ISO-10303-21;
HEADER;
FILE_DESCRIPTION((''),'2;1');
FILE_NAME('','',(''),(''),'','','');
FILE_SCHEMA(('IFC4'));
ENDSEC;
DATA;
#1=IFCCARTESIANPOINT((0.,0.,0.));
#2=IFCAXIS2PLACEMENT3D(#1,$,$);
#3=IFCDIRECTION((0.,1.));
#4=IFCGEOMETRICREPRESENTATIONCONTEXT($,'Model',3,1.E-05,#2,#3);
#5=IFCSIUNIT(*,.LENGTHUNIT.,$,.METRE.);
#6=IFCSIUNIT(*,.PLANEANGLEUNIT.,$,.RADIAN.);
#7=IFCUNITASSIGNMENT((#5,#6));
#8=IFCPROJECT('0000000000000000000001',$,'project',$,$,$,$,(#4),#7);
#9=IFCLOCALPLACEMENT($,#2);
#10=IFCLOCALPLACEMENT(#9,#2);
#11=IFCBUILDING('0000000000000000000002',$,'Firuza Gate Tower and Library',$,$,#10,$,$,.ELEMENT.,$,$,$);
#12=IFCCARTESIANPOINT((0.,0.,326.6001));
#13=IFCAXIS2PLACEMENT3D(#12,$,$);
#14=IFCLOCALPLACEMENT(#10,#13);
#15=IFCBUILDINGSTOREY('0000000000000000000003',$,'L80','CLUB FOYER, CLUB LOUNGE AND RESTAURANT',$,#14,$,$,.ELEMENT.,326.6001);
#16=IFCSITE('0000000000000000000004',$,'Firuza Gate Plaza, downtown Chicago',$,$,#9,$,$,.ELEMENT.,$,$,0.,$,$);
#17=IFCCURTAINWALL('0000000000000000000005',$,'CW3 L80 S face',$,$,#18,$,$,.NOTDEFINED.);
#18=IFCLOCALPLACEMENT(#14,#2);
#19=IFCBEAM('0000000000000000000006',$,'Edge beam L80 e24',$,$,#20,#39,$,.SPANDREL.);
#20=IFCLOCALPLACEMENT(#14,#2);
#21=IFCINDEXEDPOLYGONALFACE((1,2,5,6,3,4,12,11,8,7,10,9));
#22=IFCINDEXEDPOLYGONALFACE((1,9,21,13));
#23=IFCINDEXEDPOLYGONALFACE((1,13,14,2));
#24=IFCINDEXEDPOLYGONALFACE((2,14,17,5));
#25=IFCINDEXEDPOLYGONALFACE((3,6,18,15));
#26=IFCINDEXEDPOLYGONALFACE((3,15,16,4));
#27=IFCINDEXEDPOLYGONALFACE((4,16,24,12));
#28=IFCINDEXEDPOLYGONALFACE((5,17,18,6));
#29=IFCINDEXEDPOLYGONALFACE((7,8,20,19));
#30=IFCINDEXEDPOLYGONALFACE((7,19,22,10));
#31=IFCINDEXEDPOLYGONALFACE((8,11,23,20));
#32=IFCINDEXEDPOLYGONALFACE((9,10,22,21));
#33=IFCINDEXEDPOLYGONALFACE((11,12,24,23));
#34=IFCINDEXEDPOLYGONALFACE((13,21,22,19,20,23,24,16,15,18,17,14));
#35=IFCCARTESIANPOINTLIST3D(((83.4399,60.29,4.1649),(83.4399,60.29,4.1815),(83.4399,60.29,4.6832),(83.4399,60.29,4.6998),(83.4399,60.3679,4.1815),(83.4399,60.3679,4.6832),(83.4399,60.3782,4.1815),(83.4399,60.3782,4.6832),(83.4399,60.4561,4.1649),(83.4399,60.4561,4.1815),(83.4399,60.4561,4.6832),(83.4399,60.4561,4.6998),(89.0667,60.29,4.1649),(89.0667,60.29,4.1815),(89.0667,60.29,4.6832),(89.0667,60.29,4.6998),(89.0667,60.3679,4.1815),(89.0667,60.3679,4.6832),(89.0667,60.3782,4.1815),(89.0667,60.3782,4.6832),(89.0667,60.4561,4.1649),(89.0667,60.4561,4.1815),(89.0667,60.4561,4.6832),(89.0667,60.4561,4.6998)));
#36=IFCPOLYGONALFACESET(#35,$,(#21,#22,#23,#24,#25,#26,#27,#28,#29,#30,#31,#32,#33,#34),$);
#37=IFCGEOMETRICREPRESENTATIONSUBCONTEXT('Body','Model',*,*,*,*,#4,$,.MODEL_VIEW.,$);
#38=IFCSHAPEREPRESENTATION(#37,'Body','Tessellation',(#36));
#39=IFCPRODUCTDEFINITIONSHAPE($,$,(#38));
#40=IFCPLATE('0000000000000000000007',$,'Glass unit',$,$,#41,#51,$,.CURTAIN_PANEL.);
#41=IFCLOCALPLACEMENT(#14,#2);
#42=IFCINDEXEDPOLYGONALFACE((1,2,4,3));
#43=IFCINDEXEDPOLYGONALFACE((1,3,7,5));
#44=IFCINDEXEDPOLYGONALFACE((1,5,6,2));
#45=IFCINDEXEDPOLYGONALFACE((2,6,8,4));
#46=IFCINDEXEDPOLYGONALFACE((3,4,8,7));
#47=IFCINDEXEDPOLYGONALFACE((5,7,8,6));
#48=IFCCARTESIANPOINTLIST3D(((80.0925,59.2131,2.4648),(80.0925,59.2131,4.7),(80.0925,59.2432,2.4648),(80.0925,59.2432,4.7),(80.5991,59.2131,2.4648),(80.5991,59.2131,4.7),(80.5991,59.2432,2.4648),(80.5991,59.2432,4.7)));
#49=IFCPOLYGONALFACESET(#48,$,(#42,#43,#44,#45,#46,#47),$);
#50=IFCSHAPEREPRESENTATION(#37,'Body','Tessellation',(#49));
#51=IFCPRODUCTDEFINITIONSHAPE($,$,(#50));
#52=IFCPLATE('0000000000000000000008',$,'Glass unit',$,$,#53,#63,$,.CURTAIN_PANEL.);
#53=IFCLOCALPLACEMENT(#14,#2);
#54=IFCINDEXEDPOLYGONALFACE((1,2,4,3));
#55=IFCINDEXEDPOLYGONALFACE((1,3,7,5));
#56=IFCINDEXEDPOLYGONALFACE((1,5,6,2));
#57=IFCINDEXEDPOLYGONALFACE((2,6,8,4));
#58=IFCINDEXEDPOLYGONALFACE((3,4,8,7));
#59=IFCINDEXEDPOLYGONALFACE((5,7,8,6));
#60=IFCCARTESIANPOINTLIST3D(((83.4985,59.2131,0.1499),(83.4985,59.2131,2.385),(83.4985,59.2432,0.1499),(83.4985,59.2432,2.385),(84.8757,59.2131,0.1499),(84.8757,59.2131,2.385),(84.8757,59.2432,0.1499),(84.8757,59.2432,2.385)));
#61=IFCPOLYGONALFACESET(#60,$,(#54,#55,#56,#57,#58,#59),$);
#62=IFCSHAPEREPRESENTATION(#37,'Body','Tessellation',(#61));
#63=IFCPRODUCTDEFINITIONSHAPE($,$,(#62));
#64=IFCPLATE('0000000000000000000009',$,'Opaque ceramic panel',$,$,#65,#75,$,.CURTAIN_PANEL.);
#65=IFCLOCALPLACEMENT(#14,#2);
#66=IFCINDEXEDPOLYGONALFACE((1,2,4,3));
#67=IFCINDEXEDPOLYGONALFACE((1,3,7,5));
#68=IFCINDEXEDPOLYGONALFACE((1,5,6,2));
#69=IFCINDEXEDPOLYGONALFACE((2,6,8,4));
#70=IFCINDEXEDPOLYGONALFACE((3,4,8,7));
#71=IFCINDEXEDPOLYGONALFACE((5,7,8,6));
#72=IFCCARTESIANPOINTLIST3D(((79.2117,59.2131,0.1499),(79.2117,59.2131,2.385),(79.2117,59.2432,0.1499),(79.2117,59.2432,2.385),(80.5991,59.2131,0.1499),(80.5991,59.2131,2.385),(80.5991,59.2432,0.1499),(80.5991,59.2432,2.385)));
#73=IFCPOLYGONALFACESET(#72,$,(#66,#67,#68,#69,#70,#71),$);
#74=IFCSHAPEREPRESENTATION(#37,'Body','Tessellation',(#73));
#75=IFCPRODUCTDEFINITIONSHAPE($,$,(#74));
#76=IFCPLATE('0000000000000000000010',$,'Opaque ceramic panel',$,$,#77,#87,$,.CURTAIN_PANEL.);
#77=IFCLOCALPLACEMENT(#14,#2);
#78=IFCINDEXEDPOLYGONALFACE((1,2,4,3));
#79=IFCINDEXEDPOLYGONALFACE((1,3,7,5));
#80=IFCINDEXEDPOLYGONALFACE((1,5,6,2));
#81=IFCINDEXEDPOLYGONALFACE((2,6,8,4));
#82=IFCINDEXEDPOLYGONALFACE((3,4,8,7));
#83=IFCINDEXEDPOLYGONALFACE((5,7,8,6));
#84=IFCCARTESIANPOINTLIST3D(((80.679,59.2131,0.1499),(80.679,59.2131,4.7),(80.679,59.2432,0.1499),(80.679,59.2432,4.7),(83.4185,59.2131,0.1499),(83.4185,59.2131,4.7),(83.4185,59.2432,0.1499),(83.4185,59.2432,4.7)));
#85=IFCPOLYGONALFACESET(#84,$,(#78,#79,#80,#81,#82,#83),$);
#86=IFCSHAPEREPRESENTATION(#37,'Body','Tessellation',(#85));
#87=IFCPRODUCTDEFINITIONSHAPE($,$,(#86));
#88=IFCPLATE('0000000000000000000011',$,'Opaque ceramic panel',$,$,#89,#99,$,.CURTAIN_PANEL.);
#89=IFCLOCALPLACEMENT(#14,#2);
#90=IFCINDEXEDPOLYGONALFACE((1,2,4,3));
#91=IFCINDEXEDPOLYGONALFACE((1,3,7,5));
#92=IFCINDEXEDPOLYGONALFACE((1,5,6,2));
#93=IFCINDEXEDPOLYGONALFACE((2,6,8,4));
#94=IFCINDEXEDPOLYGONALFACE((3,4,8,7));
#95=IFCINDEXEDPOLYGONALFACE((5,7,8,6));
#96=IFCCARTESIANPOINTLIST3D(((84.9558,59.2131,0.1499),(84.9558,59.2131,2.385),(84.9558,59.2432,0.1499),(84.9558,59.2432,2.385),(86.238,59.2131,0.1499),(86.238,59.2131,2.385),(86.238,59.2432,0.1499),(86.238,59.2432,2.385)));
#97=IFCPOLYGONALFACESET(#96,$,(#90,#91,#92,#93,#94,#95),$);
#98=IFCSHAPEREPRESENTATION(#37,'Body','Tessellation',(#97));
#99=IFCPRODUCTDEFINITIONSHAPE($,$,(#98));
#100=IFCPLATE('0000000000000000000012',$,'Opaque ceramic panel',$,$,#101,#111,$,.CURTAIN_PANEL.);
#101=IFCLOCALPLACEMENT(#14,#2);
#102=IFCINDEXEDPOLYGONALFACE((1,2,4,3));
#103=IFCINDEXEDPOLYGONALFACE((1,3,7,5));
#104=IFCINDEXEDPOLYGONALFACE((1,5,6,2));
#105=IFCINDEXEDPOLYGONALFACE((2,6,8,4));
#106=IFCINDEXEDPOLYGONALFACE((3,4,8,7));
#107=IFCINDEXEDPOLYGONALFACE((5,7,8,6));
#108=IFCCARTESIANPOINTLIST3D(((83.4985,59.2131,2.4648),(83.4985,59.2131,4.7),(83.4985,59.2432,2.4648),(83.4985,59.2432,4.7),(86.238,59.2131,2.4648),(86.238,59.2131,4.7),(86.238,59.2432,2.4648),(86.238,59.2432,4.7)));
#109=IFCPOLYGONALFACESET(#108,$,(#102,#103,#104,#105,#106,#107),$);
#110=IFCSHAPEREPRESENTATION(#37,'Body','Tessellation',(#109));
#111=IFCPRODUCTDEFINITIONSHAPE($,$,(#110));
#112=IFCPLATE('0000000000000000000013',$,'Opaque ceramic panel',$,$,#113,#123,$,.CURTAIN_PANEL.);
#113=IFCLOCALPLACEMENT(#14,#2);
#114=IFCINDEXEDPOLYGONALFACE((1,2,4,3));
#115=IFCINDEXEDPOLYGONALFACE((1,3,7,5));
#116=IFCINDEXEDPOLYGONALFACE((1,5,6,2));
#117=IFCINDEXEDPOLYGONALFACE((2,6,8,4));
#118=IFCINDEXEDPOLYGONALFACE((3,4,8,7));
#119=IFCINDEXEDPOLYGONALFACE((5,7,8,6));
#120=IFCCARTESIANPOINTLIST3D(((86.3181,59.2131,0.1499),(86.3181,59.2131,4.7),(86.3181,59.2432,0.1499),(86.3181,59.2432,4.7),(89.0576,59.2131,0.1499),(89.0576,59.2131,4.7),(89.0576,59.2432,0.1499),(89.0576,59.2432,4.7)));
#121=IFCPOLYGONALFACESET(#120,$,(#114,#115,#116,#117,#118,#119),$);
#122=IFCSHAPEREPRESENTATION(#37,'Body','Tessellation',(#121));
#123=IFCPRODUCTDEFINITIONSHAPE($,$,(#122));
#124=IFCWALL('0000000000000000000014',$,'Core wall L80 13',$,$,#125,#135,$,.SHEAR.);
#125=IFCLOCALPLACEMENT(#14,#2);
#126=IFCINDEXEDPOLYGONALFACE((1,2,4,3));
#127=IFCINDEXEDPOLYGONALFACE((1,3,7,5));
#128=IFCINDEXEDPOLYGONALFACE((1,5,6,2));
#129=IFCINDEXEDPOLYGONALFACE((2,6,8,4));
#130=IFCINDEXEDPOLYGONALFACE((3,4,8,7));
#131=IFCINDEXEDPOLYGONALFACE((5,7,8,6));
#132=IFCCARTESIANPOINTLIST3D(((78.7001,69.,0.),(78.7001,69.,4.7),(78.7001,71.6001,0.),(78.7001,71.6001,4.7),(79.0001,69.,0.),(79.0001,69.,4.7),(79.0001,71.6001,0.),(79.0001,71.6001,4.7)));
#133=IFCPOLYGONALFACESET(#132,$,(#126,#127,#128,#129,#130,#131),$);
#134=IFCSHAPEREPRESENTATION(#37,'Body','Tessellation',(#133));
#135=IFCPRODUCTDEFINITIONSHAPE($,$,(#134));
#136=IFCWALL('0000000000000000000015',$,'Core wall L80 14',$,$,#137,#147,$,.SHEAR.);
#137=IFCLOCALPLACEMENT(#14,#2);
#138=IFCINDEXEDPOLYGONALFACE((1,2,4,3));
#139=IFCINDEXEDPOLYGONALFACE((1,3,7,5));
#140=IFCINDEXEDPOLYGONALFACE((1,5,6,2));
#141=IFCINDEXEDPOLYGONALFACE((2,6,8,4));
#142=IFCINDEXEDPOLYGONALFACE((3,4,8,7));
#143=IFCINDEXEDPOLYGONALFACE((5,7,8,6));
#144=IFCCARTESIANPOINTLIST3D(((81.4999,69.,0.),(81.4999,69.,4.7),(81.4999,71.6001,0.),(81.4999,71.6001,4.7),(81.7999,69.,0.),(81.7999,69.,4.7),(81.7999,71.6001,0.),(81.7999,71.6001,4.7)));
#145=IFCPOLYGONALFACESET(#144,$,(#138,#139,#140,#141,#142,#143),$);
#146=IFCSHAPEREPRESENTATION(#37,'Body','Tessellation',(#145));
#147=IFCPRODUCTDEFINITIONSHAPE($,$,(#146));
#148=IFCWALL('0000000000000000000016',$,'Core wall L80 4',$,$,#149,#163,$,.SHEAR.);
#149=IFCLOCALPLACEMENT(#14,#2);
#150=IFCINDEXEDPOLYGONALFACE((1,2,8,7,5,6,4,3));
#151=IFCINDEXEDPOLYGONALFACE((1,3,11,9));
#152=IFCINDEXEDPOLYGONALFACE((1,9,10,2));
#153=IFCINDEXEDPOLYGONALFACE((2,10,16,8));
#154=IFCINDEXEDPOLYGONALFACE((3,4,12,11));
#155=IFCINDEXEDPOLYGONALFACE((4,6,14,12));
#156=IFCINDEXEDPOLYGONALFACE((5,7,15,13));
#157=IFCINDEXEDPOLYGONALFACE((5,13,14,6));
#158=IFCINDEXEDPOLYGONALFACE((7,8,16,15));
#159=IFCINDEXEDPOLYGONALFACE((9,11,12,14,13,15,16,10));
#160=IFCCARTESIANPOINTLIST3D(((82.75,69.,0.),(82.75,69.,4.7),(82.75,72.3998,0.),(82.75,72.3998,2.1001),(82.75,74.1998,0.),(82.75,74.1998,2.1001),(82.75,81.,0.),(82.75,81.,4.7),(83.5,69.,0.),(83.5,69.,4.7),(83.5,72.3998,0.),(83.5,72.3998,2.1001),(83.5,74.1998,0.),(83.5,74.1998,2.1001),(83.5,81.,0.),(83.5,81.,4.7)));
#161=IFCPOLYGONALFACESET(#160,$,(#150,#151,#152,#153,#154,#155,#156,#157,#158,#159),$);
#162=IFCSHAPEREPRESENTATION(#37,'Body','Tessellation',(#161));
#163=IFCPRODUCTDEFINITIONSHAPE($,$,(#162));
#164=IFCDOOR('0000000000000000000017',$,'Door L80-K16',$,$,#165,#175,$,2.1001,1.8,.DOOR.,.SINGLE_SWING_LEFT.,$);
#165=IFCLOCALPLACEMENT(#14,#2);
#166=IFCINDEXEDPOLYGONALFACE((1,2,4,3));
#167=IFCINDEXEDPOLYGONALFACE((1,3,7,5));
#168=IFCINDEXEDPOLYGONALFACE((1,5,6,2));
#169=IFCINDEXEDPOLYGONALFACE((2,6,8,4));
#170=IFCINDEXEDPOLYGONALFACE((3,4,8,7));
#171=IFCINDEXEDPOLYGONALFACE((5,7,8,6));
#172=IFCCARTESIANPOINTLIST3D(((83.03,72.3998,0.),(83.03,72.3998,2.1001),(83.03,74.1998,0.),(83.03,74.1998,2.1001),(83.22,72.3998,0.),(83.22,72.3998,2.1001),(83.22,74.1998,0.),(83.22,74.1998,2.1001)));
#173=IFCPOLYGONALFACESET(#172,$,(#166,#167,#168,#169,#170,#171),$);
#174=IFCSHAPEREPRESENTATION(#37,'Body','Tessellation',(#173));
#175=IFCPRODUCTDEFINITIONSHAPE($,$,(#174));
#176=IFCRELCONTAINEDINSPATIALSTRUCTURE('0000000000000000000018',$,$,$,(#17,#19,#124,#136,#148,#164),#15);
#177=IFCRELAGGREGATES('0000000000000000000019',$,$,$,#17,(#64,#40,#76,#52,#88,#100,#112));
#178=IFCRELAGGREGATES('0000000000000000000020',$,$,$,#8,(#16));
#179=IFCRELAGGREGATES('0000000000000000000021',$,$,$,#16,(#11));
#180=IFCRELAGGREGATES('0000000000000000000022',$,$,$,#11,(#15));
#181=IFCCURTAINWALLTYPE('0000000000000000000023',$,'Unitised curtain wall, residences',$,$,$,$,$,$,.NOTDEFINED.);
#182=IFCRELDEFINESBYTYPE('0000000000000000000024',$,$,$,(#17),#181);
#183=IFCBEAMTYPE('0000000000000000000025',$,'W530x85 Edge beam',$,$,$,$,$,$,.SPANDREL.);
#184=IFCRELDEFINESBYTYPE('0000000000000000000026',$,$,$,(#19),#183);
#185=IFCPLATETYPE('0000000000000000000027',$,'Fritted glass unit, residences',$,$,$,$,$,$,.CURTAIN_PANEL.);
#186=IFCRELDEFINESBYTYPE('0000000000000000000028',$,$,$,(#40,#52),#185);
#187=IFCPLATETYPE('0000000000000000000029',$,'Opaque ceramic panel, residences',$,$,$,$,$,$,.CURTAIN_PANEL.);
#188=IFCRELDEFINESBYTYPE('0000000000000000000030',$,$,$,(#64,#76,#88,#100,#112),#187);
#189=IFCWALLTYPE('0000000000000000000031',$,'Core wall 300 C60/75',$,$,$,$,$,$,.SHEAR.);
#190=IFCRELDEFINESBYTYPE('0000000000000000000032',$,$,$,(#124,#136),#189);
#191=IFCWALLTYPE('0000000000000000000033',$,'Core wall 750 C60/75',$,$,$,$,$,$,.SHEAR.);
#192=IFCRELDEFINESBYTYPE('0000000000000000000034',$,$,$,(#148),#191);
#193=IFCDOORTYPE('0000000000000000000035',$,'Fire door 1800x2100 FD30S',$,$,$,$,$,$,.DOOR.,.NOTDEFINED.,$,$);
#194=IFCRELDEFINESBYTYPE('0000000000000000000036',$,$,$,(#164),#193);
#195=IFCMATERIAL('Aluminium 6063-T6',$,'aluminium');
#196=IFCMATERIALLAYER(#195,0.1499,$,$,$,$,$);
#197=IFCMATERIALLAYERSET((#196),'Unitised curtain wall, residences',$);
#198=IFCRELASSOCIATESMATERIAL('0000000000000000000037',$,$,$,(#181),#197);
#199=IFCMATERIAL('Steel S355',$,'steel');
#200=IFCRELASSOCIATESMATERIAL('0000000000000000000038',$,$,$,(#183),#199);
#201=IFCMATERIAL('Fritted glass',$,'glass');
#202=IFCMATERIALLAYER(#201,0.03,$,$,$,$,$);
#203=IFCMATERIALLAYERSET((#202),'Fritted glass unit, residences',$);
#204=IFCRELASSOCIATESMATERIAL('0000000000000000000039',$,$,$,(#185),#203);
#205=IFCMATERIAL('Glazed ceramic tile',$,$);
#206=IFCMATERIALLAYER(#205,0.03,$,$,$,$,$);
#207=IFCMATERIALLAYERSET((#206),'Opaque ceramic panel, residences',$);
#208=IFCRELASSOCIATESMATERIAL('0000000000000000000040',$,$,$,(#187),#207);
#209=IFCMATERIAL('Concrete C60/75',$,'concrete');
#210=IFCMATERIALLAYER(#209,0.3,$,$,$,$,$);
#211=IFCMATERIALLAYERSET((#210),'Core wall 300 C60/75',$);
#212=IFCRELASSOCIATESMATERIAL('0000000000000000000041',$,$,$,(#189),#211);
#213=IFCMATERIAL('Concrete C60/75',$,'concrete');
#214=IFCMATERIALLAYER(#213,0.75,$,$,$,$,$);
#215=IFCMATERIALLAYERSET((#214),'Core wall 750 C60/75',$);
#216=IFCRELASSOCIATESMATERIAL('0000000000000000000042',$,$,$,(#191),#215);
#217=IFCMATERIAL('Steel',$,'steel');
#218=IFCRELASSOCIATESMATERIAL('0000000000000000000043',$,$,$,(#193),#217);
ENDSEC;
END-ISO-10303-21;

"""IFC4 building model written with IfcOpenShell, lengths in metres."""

from ifc_helpers import new_model, si_unit, direction, frame, frame_2d, origin, origin_2d, place, context, subcontext, project, spatial, polyline, rectangle, i_section, outline, extrude, material, layer, layer_set, material_profile, profile_set, type_object, element, fill, aggregate, save


model = new_model("IFC4")

# Units and contexts
model_context = context("Model", 3, precision=1e-05, world=origin(), true_north=direction((0.0, 1.0)))
body_context = subcontext(model_context, "Body", "Model", "MODEL_VIEW")
ifc_project = project(units=[si_unit("LENGTHUNIT", "METRE"), si_unit("PLANEANGLEUNIT", "RADIAN")], contexts=[model_context])

# Site, building, storey
site_placement = place(None, origin())
site = spatial("IfcSite", under=ifc_project, at=site_placement, Name="Firuza Gate Plaza, downtown Chicago", CompositionType="ELEMENT", RefElevation=0.0)
building_placement = place(site_placement, origin())
building = spatial("IfcBuilding", under=site, at=building_placement, Name="Firuza Gate Tower and Library", CompositionType="ELEMENT")
storey_placement = place(building_placement, frame((0.0, 0.0, 326.6001)))
storey = spatial("IfcBuildingStorey", under=building, at=storey_placement, Name="L80", Description="CLUB FOYER, CLUB LOUNGE AND RESTAURANT", CompositionType="ELEMENT", Elevation=326.6001)

# Curtain wall
ifc_material_1 = material(Name="Aluminium 6063-T6", Category="aluminium")
ifc_layer_1 = layer(ifc_material_1, 0.1499)
ifc_layer_set_1 = layer_set([ifc_layer_1], Name="Unitised curtain wall, residences")
curtain_wall_type = type_object("IfcCurtainWallType", Name="Unitised curtain wall, residences", PredefinedType="NOTDEFINED", material=ifc_layer_set_1)
curtain_wall_placement = place(storey_placement, origin())
curtain_wall = element("IfcCurtainWall", 1, at=curtain_wall_placement, inside=storey, type_object=curtain_wall_type, Name="CW3 L80 S face", PredefinedType="NOTDEFINED")

# Beam
ifc_material_2 = material(Name="Steel S355", Category="steel")
ifc_material_profile_1 = material_profile(ifc_material_2, i_section(OverallWidth=0.166, OverallDepth=0.5349, WebThickness=0.0103, FlangeThickness=0.0166, at=origin_2d()))
ifc_profile_set_1 = profile_set([ifc_material_profile_1], Name="Steel S355")
beam_type_1 = type_object("IfcBeamType", Name="W530x85 Edge beam", PredefinedType="SPANDREL", material=ifc_profile_set_1)
beam_1_placement = place(storey_placement, frame((83.4399, 60.373, 4.4324), z_axis=(1.0, 0.0, 0.0), x_axis=(0.0, 1.0, 0.0)))
element("IfcBeam", 2, at=beam_1_placement, inside=storey, type_object=beam_type_1, Name="Edge beam L80 e24", PredefinedType="SPANDREL", context=body_context, shape_type="SweptSolid", body=[
    extrude(i_section(OverallWidth=0.166, OverallDepth=0.5349, WebThickness=0.0103, FlangeThickness=0.0166, at=origin_2d()), origin(), (0.0, 0.0, 1.0), 5.6267),
])

# Plates
ifc_material_3 = material(Name="Fritted glass", Category="glass")
ifc_layer_2 = layer(ifc_material_3, 0.03)
ifc_layer_set_2 = layer_set([ifc_layer_2], Name="Fritted glass unit, residences")
plate_type_1 = type_object("IfcPlateType", Name="Fritted glass unit, residences", PredefinedType="CURTAIN_PANEL", material=ifc_layer_set_2)
plate_1_placement = place(storey_placement, frame((80.0925, 59.2131, 2.4648), z_axis=(0.0, -1.0, 0.0), x_axis=(1.0, 0.0, 0.0)))
plate_1 = element("IfcPlate", 3, at=plate_1_placement, type_object=plate_type_1, Name="Glass unit", PredefinedType="CURTAIN_PANEL", context=body_context, shape_type="SweptSolid", body=[
    extrude(outline(polyline([(0.0, 0.0), (0.5066, 0.0), (0.5066, 2.2351), (0.0, 2.2351), (0.0, 0.0)])), origin(), (0.0, 0.0, -1.0), 0.03),
])
plate_2_placement = place(storey_placement, frame((83.4985, 59.2131, 0.1499), z_axis=(0.0, -1.0, 0.0), x_axis=(1.0, 0.0, 0.0)))
plate_2 = element("IfcPlate", 4, at=plate_2_placement, type_object=plate_type_1, Name="Glass unit", PredefinedType="CURTAIN_PANEL", context=body_context, shape_type="SweptSolid", body=[
    extrude(outline(polyline([(0.0, 0.0), (1.3772, 0.0), (1.3772, 2.2351), (0.0, 2.2351), (0.0, 0.0)])), origin(), (0.0, 0.0, -1.0), 0.03),
])
ifc_material_4 = material(Name="Glazed ceramic tile")
ifc_layer_3 = layer(ifc_material_4, 0.03)
ifc_layer_set_3 = layer_set([ifc_layer_3], Name="Opaque ceramic panel, residences")
plate_type_2 = type_object("IfcPlateType", Name="Opaque ceramic panel, residences", PredefinedType="CURTAIN_PANEL", material=ifc_layer_set_3)
plate_3_placement = place(storey_placement, frame((79.2117, 59.2131, 0.1499), z_axis=(0.0, -1.0, 0.0), x_axis=(1.0, 0.0, 0.0)))
plate_3 = element("IfcPlate", 5, at=plate_3_placement, type_object=plate_type_2, Name="Opaque ceramic panel", PredefinedType="CURTAIN_PANEL", context=body_context, shape_type="SweptSolid", body=[
    extrude(outline(polyline([(0.0, 0.0), (1.3875, 0.0), (1.3875, 2.2351), (0.0, 2.2351), (0.0, 0.0)])), origin(), (0.0, 0.0, -1.0), 0.03),
])
plate_4_placement = place(storey_placement, frame((80.679, 59.2131, 0.1499), z_axis=(0.0, -1.0, 0.0), x_axis=(1.0, 0.0, 0.0)))
plate_4 = element("IfcPlate", 6, at=plate_4_placement, type_object=plate_type_2, Name="Opaque ceramic panel", PredefinedType="CURTAIN_PANEL", context=body_context, shape_type="SweptSolid", body=[
    extrude(outline(polyline([(0.0, 0.0), (2.7395, 0.0), (2.7395, 4.55), (0.0, 4.55), (0.0, 0.0)])), origin(), (0.0, 0.0, -1.0), 0.03),
])
plate_5_placement = place(storey_placement, frame((84.9558, 59.2131, 0.1499), z_axis=(0.0, -1.0, 0.0), x_axis=(1.0, 0.0, 0.0)))
plate_5 = element("IfcPlate", 7, at=plate_5_placement, type_object=plate_type_2, Name="Opaque ceramic panel", PredefinedType="CURTAIN_PANEL", context=body_context, shape_type="SweptSolid", body=[
    extrude(outline(polyline([(0.0, 0.0), (1.2822, 0.0), (1.2822, 2.2351), (0.0, 2.2351), (0.0, 0.0)])), origin(), (0.0, 0.0, -1.0), 0.03),
])
plate_6_placement = place(storey_placement, frame((83.4985, 59.2131, 2.4648), z_axis=(0.0, -1.0, 0.0), x_axis=(1.0, 0.0, 0.0)))
plate_6 = element("IfcPlate", 8, at=plate_6_placement, type_object=plate_type_2, Name="Opaque ceramic panel", PredefinedType="CURTAIN_PANEL", context=body_context, shape_type="SweptSolid", body=[
    extrude(outline(polyline([(0.0, 0.0), (2.7395, 0.0), (2.7395, 2.2351), (0.0, 2.2351), (0.0, 0.0)])), origin(), (0.0, 0.0, -1.0), 0.03),
])
plate_7_placement = place(storey_placement, frame((86.3181, 59.2131, 0.1499), z_axis=(0.0, -1.0, 0.0), x_axis=(1.0, 0.0, 0.0)))
plate_7 = element("IfcPlate", 9, at=plate_7_placement, type_object=plate_type_2, Name="Opaque ceramic panel", PredefinedType="CURTAIN_PANEL", context=body_context, shape_type="SweptSolid", body=[
    extrude(outline(polyline([(0.0, 0.0), (2.7395, 0.0), (2.7395, 4.55), (0.0, 4.55), (0.0, 0.0)])), origin(), (0.0, 0.0, -1.0), 0.03),
])
aggregate(curtain_wall, [plate_3, plate_1, plate_4, plate_2, plate_5, plate_6, plate_7])

# Walls
ifc_material_5 = material(Name="Concrete C60/75", Category="concrete")
ifc_layer_4 = layer(ifc_material_5, 0.3)
ifc_layer_set_4 = layer_set([ifc_layer_4], Name="Core wall 300 C60/75")
wall_type_1 = type_object("IfcWallType", Name="Core wall 300 C60/75", PredefinedType="SHEAR", material=ifc_layer_set_4)
for number, where, z_axis, x_axis, name in (
    (10, (78.8501, 69.0, 0.0), (0.0, 0.0, 1.0), (0.0, 1.0, 0.0), "Core wall L80 13"),
    (11, (81.6499, 69.0, 0.0), (0.0, 0.0, 1.0), (0.0, 1.0, 0.0), "Core wall L80 14"),
):
    element("IfcWall", number, at=place(storey_placement, frame(where, z_axis=z_axis, x_axis=x_axis)), inside=storey, type_object=wall_type_1, Name=name, PredefinedType="SHEAR", context=body_context, shape_type="SweptSolid", body=[
        extrude(rectangle(XDim=2.6001, YDim=0.3, at=frame_2d((1.3, 0.0))), origin(), (0.0, 0.0, 1.0), 4.7),
    ])

# Wall, opening, door
ifc_material_6 = material(Name="Concrete C60/75", Category="concrete")
ifc_layer_5 = layer(ifc_material_6, 0.75)
ifc_layer_set_5 = layer_set([ifc_layer_5], Name="Core wall 750 C60/75")
wall_type_2 = type_object("IfcWallType", Name="Core wall 750 C60/75", PredefinedType="SHEAR", material=ifc_layer_set_5)
wall_1_placement = place(storey_placement, frame((83.125, 69.0, 0.0), z_axis=(0.0, 0.0, 1.0), x_axis=(0.0, 1.0, 0.0)))
wall_1 = element("IfcWall", 12, at=wall_1_placement, inside=storey, type_object=wall_type_2, Name="Core wall L80 4", PredefinedType="SHEAR", context=body_context, shape_type="SweptSolid", body=[
    extrude(rectangle(XDim=12.0, YDim=0.75, at=frame_2d((6.0, 0.0))), origin(), (0.0, 0.0, 1.0), 4.7),
])
opening_1_placement = place(wall_1_placement, frame((3.3999, 0.0, 0.0)))
opening_1 = element("IfcOpeningElement", 13, at=opening_1_placement, cuts=wall_1, PredefinedType="OPENING", context=body_context, shape_type="SweptSolid", body=[
    extrude(rectangle(XDim=1.8, YDim=2.1001, at=frame_2d((0.8999, 1.05))), frame((0.0, 0.385, 0.0), z_axis=(0.0, -1.0, 0.0), x_axis=(1.0, 0.0, 0.0)), (0.0, 0.0, 1.0), 0.77),
])
ifc_material_7 = material(Name="Steel", Category="steel")
door_type_1 = type_object("IfcDoorType", Name="Fire door 1800x2100 FD30S", OperationType="NOTDEFINED", PredefinedType="DOOR", material=ifc_material_7)
door_1_placement = place(opening_1_placement, origin())
door_1 = element("IfcDoor", 14, at=door_1_placement, inside=storey, type_object=door_type_1, Name="Door L80-K16", OperationType="SINGLE_SWING_LEFT", OverallHeight=2.1001, OverallWidth=1.8, PredefinedType="DOOR", context=body_context, shape_type="SweptSolid", body=[
    extrude(rectangle(XDim=1.8, YDim=2.1001, at=frame_2d((0.8999, 1.05))), frame((0.0, 0.095, 0.0), z_axis=(0.0, -1.0, 0.0), x_axis=(1.0, 0.0, 0.0)), (0.0, 0.0, 1.0), 0.1899),
])
fill(opening_1, door_1)

save(model, "model.ifc")
